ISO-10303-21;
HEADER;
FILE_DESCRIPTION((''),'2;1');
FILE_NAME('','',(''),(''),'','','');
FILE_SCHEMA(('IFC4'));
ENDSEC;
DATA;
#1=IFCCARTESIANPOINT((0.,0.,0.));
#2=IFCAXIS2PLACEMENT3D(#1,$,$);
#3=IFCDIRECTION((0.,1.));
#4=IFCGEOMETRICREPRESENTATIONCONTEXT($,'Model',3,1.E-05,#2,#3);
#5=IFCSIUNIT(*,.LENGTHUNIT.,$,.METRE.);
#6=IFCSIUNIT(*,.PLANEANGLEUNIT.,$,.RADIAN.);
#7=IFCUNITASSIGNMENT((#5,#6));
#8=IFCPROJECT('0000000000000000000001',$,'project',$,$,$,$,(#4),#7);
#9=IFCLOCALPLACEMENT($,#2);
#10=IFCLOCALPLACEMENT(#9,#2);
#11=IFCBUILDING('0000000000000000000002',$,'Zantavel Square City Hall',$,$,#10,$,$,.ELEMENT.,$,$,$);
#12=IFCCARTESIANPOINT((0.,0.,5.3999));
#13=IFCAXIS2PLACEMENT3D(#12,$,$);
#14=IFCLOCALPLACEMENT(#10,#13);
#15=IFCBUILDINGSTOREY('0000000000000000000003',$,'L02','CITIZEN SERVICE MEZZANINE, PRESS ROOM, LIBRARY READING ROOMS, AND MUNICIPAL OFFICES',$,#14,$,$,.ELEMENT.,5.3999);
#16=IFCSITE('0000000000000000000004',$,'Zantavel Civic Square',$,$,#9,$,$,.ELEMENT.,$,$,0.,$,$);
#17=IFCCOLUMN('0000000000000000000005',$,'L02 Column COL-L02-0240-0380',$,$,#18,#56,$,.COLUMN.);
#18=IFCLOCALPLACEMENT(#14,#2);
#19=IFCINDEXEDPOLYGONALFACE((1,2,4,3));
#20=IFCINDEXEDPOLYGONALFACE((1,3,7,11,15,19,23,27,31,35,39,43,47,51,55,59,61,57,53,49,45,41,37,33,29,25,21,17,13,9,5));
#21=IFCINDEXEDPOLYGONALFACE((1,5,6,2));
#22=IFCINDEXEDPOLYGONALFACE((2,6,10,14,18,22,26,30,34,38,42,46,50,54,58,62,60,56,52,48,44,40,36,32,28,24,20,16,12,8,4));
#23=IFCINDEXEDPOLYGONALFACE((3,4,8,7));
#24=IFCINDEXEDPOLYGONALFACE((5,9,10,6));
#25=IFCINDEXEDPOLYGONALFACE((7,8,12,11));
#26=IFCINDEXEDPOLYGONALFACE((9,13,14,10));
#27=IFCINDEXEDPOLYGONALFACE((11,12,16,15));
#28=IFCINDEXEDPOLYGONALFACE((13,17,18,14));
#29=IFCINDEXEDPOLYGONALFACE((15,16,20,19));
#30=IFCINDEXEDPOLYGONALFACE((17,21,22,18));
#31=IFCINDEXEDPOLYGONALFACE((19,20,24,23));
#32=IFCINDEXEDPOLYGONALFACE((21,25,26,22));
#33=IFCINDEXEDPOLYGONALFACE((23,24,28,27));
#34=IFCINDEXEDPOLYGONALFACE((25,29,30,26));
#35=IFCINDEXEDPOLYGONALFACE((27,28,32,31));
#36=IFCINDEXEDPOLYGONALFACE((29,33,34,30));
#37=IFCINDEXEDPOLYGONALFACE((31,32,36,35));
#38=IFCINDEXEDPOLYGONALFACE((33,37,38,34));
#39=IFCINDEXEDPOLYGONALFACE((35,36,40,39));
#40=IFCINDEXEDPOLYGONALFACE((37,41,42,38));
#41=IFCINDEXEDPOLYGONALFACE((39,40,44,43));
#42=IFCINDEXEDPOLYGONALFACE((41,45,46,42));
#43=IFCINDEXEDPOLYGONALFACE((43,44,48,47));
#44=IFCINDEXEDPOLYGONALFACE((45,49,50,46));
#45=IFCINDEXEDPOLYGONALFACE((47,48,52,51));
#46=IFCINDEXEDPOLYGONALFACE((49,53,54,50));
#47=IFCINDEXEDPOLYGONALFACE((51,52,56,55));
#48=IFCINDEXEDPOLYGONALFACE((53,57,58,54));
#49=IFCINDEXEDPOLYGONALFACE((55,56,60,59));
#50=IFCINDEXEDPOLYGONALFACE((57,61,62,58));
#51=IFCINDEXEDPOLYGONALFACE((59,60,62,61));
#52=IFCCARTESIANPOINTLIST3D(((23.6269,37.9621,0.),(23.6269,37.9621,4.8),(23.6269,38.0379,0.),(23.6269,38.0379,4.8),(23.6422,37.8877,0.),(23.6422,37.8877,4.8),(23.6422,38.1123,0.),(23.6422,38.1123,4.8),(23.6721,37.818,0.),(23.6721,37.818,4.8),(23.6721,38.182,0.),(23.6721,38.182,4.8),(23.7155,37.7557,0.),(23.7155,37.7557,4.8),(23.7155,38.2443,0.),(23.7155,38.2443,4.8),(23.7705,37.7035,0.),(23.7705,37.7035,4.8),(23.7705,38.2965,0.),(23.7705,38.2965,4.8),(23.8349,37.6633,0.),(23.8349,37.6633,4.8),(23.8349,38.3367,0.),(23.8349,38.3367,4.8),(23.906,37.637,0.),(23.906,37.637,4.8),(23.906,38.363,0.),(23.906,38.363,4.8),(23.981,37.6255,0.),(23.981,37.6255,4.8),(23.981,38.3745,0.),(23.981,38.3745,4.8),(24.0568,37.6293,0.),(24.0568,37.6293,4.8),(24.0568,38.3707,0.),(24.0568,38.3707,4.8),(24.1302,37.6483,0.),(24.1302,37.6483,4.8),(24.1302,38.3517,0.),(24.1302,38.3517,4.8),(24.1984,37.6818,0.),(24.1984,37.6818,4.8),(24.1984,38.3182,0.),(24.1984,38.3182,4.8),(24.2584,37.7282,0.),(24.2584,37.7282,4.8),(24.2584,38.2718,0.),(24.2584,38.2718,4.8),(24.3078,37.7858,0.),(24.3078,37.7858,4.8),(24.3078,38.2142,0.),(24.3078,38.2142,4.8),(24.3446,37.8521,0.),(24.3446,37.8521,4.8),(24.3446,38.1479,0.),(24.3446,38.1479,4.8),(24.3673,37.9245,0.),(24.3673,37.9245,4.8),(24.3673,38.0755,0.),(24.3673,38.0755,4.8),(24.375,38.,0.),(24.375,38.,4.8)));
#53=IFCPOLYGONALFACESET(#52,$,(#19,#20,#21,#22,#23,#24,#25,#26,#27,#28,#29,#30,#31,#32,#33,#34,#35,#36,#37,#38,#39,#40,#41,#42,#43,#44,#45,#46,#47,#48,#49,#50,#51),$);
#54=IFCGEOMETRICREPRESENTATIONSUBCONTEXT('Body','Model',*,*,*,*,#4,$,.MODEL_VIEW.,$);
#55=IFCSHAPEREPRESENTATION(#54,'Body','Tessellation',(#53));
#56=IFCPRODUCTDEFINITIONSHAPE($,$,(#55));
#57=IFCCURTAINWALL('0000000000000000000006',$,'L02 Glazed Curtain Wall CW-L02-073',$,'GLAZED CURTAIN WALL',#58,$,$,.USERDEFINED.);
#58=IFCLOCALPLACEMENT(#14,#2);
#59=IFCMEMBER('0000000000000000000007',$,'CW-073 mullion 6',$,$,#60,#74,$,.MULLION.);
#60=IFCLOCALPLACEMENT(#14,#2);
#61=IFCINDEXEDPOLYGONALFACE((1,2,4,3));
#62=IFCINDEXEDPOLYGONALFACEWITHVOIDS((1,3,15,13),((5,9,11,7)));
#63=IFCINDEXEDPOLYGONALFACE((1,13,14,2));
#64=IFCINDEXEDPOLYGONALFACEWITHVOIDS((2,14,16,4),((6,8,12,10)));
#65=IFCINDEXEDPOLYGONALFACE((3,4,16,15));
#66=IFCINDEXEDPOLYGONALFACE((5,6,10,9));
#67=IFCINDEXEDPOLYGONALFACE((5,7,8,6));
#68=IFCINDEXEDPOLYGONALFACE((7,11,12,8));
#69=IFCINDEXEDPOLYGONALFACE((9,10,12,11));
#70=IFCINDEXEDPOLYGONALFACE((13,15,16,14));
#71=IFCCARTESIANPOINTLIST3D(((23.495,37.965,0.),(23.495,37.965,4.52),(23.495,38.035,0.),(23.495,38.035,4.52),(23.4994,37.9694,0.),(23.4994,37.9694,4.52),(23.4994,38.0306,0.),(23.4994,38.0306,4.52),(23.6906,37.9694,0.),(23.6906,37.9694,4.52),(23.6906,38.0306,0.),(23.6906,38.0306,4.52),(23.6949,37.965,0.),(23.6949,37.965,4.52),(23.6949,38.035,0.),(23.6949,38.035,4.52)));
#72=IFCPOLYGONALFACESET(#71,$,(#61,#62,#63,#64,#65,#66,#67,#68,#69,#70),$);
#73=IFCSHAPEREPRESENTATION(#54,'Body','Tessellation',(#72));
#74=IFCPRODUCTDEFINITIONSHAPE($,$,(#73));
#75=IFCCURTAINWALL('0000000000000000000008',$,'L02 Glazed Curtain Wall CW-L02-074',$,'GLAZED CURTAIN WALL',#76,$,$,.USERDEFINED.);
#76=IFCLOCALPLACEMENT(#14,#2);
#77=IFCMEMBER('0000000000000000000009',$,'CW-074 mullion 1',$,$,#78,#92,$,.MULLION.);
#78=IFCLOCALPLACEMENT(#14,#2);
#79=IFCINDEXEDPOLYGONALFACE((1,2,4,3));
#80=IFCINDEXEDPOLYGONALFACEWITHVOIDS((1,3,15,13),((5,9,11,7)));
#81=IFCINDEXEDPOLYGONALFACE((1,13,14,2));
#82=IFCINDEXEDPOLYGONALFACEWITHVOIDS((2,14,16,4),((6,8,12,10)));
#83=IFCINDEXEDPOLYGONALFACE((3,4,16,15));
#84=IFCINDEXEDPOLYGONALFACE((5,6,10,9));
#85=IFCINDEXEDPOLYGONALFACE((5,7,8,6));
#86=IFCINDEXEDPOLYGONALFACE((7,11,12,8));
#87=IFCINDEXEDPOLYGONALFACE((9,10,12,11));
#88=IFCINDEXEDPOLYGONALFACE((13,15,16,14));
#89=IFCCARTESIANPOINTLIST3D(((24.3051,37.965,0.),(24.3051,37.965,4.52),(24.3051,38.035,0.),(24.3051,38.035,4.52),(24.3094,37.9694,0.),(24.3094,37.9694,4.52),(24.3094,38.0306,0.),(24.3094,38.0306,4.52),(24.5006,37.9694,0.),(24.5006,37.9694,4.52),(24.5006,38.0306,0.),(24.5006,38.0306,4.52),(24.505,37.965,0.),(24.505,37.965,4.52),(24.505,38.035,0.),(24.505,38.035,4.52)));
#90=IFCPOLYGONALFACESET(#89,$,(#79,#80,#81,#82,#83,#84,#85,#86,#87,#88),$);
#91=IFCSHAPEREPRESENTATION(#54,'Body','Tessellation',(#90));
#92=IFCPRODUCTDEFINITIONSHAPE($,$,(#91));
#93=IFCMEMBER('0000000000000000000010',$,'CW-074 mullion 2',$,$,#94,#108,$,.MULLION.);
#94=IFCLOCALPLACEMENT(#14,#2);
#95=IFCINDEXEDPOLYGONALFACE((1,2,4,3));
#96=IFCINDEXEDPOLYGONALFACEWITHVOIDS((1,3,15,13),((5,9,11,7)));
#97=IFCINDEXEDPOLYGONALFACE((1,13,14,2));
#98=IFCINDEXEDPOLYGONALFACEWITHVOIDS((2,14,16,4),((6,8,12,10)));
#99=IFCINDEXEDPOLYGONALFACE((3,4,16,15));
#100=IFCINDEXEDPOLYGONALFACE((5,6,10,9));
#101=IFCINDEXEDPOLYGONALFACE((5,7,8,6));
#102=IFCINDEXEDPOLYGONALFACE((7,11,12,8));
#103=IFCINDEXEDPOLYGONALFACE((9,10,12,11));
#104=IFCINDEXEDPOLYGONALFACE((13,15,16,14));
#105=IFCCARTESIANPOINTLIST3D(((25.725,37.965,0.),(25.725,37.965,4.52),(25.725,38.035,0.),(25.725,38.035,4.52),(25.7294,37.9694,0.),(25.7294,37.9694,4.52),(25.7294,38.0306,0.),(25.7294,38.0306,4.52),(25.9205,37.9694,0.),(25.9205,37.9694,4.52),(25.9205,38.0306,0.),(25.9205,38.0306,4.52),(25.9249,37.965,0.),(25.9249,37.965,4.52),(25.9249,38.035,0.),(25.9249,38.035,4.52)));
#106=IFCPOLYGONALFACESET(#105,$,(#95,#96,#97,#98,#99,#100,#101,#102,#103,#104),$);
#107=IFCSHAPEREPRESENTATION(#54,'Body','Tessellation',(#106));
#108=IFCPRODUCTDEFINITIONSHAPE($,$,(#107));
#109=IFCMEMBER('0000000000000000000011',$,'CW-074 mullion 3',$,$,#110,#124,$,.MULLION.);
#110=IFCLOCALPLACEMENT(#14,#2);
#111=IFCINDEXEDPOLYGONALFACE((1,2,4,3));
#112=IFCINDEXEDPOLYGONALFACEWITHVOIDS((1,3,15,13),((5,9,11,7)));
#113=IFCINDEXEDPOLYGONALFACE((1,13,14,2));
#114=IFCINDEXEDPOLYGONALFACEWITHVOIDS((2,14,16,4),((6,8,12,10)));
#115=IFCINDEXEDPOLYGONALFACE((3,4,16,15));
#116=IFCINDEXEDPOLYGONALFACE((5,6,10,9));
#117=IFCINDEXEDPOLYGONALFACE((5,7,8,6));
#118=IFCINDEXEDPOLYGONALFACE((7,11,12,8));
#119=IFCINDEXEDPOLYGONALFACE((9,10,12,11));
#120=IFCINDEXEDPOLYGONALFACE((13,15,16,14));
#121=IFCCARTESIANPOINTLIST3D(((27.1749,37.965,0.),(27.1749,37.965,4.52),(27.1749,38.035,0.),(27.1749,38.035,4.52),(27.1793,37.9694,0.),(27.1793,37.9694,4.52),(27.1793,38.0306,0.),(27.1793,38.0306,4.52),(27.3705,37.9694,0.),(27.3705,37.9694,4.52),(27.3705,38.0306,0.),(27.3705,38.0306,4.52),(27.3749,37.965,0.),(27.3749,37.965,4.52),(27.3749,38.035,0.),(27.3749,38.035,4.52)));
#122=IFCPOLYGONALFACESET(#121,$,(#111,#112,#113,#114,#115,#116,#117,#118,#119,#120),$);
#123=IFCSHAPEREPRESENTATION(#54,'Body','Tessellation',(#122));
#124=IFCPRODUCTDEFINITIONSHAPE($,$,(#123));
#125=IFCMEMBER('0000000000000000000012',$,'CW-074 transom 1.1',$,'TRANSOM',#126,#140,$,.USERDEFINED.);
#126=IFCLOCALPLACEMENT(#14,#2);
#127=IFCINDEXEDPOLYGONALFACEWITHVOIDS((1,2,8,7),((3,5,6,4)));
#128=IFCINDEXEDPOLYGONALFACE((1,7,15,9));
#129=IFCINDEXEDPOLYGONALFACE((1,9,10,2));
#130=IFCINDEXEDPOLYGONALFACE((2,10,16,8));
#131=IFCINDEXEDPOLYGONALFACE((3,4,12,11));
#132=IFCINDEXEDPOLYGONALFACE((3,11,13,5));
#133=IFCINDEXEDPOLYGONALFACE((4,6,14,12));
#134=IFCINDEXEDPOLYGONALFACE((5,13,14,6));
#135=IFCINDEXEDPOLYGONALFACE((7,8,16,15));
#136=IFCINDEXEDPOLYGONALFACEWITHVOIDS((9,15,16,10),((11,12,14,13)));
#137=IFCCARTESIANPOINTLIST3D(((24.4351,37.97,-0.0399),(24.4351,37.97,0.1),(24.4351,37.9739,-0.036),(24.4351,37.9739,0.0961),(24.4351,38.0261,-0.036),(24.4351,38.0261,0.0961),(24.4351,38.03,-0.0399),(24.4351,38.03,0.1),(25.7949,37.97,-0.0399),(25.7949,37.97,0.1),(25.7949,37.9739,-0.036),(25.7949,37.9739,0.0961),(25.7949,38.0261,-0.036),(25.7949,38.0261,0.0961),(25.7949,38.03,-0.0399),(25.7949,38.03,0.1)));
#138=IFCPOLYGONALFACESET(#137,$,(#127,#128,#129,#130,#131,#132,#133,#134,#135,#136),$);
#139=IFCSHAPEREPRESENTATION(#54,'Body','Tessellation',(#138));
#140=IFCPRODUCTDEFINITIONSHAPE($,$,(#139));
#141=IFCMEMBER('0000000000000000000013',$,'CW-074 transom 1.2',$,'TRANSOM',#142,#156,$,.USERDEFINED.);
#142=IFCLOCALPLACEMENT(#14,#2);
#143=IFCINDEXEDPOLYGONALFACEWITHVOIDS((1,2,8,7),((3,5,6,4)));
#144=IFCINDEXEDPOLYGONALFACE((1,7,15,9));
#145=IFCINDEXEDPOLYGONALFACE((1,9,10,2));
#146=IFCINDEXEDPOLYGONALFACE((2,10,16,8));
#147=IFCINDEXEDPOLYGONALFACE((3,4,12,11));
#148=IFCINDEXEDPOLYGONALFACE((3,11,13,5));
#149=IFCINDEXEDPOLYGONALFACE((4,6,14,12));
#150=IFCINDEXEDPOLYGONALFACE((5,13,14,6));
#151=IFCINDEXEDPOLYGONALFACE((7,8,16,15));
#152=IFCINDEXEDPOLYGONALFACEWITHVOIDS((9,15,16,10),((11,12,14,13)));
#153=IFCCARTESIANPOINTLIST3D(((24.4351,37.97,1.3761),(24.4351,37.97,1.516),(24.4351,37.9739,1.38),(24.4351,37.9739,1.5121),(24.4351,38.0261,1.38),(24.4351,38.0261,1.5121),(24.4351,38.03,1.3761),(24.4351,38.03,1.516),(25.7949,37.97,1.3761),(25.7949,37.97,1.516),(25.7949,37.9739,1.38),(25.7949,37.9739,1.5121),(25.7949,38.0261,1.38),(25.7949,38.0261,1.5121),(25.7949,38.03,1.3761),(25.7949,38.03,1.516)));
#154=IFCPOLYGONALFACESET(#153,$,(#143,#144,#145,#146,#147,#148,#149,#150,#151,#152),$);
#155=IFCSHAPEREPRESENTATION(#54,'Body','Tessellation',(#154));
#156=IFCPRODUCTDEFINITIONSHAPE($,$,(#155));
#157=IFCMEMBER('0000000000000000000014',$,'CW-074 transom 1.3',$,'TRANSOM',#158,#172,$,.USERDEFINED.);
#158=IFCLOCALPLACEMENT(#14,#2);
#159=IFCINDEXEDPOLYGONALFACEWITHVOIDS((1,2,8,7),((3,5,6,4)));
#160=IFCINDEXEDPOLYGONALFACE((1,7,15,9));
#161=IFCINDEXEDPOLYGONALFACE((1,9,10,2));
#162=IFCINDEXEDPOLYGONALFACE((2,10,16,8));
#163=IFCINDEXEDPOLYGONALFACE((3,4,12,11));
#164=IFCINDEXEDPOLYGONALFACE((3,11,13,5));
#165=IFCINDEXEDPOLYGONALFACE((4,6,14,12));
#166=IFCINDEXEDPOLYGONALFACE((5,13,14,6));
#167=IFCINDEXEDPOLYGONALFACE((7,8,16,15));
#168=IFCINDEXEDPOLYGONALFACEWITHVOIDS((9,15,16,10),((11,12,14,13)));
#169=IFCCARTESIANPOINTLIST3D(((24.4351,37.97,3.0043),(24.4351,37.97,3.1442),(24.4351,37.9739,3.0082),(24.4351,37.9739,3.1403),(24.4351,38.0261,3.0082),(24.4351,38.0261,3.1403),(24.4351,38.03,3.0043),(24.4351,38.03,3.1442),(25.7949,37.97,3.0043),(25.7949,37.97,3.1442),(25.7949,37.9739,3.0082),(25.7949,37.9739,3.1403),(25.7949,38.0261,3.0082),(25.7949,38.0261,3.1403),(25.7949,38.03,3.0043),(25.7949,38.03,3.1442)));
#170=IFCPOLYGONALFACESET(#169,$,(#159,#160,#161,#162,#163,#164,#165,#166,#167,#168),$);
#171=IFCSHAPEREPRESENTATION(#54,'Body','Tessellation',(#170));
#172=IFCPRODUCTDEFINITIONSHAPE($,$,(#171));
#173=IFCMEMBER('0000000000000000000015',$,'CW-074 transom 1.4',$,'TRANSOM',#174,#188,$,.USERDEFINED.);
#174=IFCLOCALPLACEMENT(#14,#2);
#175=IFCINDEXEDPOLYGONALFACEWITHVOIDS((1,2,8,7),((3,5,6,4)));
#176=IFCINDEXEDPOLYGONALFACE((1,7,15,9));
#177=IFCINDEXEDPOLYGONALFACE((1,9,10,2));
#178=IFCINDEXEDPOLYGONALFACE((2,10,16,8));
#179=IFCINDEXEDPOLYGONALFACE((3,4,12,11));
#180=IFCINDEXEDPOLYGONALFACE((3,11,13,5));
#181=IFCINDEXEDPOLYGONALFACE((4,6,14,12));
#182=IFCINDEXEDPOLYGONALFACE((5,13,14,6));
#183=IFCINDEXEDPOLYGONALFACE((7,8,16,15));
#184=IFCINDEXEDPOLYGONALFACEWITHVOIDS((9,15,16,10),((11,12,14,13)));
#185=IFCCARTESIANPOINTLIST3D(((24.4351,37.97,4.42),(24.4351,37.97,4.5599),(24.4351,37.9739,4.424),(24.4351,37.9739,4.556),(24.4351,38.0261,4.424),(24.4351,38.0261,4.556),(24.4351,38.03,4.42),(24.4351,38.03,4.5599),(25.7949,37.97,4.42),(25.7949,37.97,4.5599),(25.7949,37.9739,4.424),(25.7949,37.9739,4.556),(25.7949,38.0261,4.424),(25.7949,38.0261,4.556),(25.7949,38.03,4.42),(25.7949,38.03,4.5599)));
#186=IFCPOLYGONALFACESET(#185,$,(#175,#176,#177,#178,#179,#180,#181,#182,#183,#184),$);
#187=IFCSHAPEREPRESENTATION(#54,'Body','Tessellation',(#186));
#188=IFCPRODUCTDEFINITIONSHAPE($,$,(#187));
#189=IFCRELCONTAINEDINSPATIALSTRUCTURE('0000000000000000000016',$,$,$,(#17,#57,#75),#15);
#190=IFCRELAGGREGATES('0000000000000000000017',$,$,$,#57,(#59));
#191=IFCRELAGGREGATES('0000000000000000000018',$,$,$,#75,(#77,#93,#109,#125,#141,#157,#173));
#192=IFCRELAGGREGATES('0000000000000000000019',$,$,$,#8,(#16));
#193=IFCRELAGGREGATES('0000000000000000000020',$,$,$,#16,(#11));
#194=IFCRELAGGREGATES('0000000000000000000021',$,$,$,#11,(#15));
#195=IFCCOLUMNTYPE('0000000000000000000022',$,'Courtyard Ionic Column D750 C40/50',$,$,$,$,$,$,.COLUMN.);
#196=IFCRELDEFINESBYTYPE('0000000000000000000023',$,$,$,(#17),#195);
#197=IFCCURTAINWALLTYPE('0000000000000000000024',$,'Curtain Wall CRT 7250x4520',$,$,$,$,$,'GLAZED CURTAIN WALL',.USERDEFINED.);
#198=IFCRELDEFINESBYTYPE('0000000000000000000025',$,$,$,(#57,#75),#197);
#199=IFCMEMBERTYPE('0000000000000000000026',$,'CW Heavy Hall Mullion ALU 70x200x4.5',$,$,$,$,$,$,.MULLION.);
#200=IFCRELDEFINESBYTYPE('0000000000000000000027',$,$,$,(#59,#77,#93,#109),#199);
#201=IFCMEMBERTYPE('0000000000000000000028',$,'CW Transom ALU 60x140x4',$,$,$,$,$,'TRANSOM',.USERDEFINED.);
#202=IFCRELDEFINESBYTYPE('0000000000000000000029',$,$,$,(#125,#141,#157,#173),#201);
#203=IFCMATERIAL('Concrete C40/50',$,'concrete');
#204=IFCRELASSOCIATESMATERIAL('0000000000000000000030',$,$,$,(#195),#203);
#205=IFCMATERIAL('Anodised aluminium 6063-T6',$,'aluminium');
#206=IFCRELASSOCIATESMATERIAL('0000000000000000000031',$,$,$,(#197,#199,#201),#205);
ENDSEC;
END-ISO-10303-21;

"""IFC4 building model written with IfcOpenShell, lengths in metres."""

from ifc_helpers import new_model, si_unit, direction, frame, origin, origin_2d, place, context, subcontext, project, spatial, hollow_rectangle, circle, extrude, material, material_profile, profile_set, type_object, element, aggregate, save


model = new_model("IFC4")

# Units and contexts
model_context = context("Model", 3, precision=1e-05, world=origin(), true_north=direction((0.0, 1.0)))
body_context = subcontext(model_context, "Body", "Model", "MODEL_VIEW")
ifc_project = project(units=[si_unit("LENGTHUNIT", "METRE"), si_unit("PLANEANGLEUNIT", "RADIAN")], contexts=[model_context])

# Site, building, storey
site_placement = place(None, origin())
site = spatial("IfcSite", under=ifc_project, at=site_placement, Name="Zantavel Civic Square", CompositionType="ELEMENT", RefElevation=0.0)
building_placement = place(site_placement, origin())
building = spatial("IfcBuilding", under=site, at=building_placement, Name="Zantavel Square City Hall", CompositionType="ELEMENT")
storey_placement = place(building_placement, frame((0.0, 0.0, 5.3999)))
storey = spatial("IfcBuildingStorey", under=building, at=storey_placement, Name="L02", Description="CITIZEN SERVICE MEZZANINE, PRESS ROOM, LIBRARY READING ROOMS, AND MUNICIPAL OFFICES", CompositionType="ELEMENT", Elevation=5.3999)

# Column
ifc_material_1 = material(Name="Concrete C40/50", Category="concrete")
ifc_material_profile_1 = material_profile(ifc_material_1, circle(Radius=0.375, at=origin_2d()), Name="ROUND D750")
ifc_profile_set_1 = profile_set([ifc_material_profile_1], Name="Concrete C40/50")
column_type = type_object("IfcColumnType", Name="Courtyard Ionic Column D750 C40/50", PredefinedType="COLUMN", material=ifc_profile_set_1)
column_placement = place(storey_placement, frame((24.0, 38.0, 0.0), z_axis=(0.0, 0.0, 1.0), x_axis=(1.0, 0.0, 0.0)))
element("IfcColumn", 1, at=column_placement, inside=storey, type_object=column_type, Name="L02 Column COL-L02-0240-0380", PredefinedType="COLUMN", context=body_context, shape_type="SweptSolid", body=[
    extrude(circle(Radius=0.375, at=origin_2d()), origin(), (0.0, 0.0, 1.0), 4.8),
])

# Curtain wall, member
ifc_material_2 = material(Name="Anodised aluminium 6063-T6", Category="aluminium")
curtain_wall_type = type_object("IfcCurtainWallType", Name="Curtain Wall CRT 7250x4520", ElementType="GLAZED CURTAIN WALL", PredefinedType="USERDEFINED", material=ifc_material_2)
curtain_wall_1_placement = place(storey_placement, origin())
curtain_wall_1 = element("IfcCurtainWall", 2, at=curtain_wall_1_placement, inside=storey, type_object=curtain_wall_type, Name="L02 Glazed Curtain Wall CW-L02-073", ObjectType="GLAZED CURTAIN WALL", PredefinedType="USERDEFINED")
ifc_material_profile_2 = material_profile(ifc_material_2, hollow_rectangle(XDim=0.0701, YDim=0.2, WallThickness=0.0044, at=origin_2d()), Name="ALU 70x200x4.5")
ifc_profile_set_2 = profile_set([ifc_material_profile_2], Name="Anodised aluminium 6063-T6")
member_type_1 = type_object("IfcMemberType", Name="CW Heavy Hall Mullion ALU 70x200x4.5", PredefinedType="MULLION", material=ifc_profile_set_2)
member_1_placement = place(storey_placement, frame((23.595, 38.0, 0.0), z_axis=(0.0, 0.0, 1.0), x_axis=(0.0, 1.0, 0.0)))
member_1 = element("IfcMember", 3, at=member_1_placement, type_object=member_type_1, Name="CW-073 mullion 6", PredefinedType="MULLION", context=body_context, shape_type="SweptSolid", body=[
    extrude(hollow_rectangle(XDim=0.0701, YDim=0.2, WallThickness=0.0044, at=origin_2d()), origin(), (0.0, 0.0, 1.0), 4.52),
])
aggregate(curtain_wall_1, [member_1])

# Curtain wall, members
curtain_wall_2_placement = place(storey_placement, origin())
curtain_wall_2 = element("IfcCurtainWall", 4, at=curtain_wall_2_placement, inside=storey, type_object=curtain_wall_type, Name="L02 Glazed Curtain Wall CW-L02-074", ObjectType="GLAZED CURTAIN WALL", PredefinedType="USERDEFINED")
member_2_placement = place(storey_placement, frame((24.405, 38.0, 0.0), z_axis=(0.0, 0.0, 1.0), x_axis=(0.0, 1.0, 0.0)))
member_2 = element("IfcMember", 5, at=member_2_placement, type_object=member_type_1, Name="CW-074 mullion 1", PredefinedType="MULLION", context=body_context, shape_type="SweptSolid", body=[
    extrude(hollow_rectangle(XDim=0.0701, YDim=0.2, WallThickness=0.0044, at=origin_2d()), origin(), (0.0, 0.0, 1.0), 4.52),
])
member_3_placement = place(storey_placement, frame((25.825, 38.0, 0.0), z_axis=(0.0, 0.0, 1.0), x_axis=(0.0, 1.0, 0.0)))
member_3 = element("IfcMember", 6, at=member_3_placement, type_object=member_type_1, Name="CW-074 mullion 2", PredefinedType="MULLION", context=body_context, shape_type="SweptSolid", body=[
    extrude(hollow_rectangle(XDim=0.0701, YDim=0.2, WallThickness=0.0044, at=origin_2d()), origin(), (0.0, 0.0, 1.0), 4.52),
])
member_4_placement = place(storey_placement, frame((27.2749, 38.0, 0.0), z_axis=(0.0, 0.0, 1.0), x_axis=(0.0, 1.0, 0.0)))
member_4 = element("IfcMember", 7, at=member_4_placement, type_object=member_type_1, Name="CW-074 mullion 3", PredefinedType="MULLION", context=body_context, shape_type="SweptSolid", body=[
    extrude(hollow_rectangle(XDim=0.0701, YDim=0.2, WallThickness=0.0044, at=origin_2d()), origin(), (0.0, 0.0, 1.0), 4.52),
])
ifc_material_profile_3 = material_profile(ifc_material_2, hollow_rectangle(XDim=0.0601, YDim=0.1399, WallThickness=0.0039, at=origin_2d()), Name="ALU 60x140x4")
ifc_profile_set_3 = profile_set([ifc_material_profile_3], Name="Anodised aluminium 6063-T6")
member_type_2 = type_object("IfcMemberType", Name="CW Transom ALU 60x140x4", ElementType="TRANSOM", PredefinedType="USERDEFINED", material=ifc_profile_set_3)
member_5_placement = place(storey_placement, frame((24.4351, 38.0, 0.03), z_axis=(1.0, 0.0, 0.0), x_axis=(0.0, 1.0, 0.0)))
member_5 = element("IfcMember", 8, at=member_5_placement, type_object=member_type_2, Name="CW-074 transom 1.1", ObjectType="TRANSOM", PredefinedType="USERDEFINED", context=body_context, shape_type="SweptSolid", body=[
    extrude(hollow_rectangle(XDim=0.0601, YDim=0.1399, WallThickness=0.0039, at=origin_2d()), origin(), (0.0, 0.0, 1.0), 1.3599),
])
member_6_placement = place(storey_placement, frame((24.4351, 38.0, 1.446), z_axis=(1.0, 0.0, 0.0), x_axis=(0.0, 1.0, 0.0)))
member_6 = element("IfcMember", 9, at=member_6_placement, type_object=member_type_2, Name="CW-074 transom 1.2", ObjectType="TRANSOM", PredefinedType="USERDEFINED", context=body_context, shape_type="SweptSolid", body=[
    extrude(hollow_rectangle(XDim=0.0601, YDim=0.1399, WallThickness=0.0039, at=origin_2d()), origin(), (0.0, 0.0, 1.0), 1.3599),
])
member_7_placement = place(storey_placement, frame((24.4351, 38.0, 3.0742), z_axis=(1.0, 0.0, 0.0), x_axis=(0.0, 1.0, 0.0)))
member_7 = element("IfcMember", 10, at=member_7_placement, type_object=member_type_2, Name="CW-074 transom 1.3", ObjectType="TRANSOM", PredefinedType="USERDEFINED", context=body_context, shape_type="SweptSolid", body=[
    extrude(hollow_rectangle(XDim=0.0601, YDim=0.1399, WallThickness=0.0039, at=origin_2d()), origin(), (0.0, 0.0, 1.0), 1.3599),
])
member_8_placement = place(storey_placement, frame((24.4351, 38.0, 4.49), z_axis=(1.0, 0.0, 0.0), x_axis=(0.0, 1.0, 0.0)))
member_8 = element("IfcMember", 11, at=member_8_placement, type_object=member_type_2, Name="CW-074 transom 1.4", ObjectType="TRANSOM", PredefinedType="USERDEFINED", context=body_context, shape_type="SweptSolid", body=[
    extrude(hollow_rectangle(XDim=0.0601, YDim=0.1399, WallThickness=0.0039, at=origin_2d()), origin(), (0.0, 0.0, 1.0), 1.3599),
])
aggregate(curtain_wall_2, [member_2, member_3, member_4, member_5, member_6, member_7, member_8])

save(model, "model.ifc")
